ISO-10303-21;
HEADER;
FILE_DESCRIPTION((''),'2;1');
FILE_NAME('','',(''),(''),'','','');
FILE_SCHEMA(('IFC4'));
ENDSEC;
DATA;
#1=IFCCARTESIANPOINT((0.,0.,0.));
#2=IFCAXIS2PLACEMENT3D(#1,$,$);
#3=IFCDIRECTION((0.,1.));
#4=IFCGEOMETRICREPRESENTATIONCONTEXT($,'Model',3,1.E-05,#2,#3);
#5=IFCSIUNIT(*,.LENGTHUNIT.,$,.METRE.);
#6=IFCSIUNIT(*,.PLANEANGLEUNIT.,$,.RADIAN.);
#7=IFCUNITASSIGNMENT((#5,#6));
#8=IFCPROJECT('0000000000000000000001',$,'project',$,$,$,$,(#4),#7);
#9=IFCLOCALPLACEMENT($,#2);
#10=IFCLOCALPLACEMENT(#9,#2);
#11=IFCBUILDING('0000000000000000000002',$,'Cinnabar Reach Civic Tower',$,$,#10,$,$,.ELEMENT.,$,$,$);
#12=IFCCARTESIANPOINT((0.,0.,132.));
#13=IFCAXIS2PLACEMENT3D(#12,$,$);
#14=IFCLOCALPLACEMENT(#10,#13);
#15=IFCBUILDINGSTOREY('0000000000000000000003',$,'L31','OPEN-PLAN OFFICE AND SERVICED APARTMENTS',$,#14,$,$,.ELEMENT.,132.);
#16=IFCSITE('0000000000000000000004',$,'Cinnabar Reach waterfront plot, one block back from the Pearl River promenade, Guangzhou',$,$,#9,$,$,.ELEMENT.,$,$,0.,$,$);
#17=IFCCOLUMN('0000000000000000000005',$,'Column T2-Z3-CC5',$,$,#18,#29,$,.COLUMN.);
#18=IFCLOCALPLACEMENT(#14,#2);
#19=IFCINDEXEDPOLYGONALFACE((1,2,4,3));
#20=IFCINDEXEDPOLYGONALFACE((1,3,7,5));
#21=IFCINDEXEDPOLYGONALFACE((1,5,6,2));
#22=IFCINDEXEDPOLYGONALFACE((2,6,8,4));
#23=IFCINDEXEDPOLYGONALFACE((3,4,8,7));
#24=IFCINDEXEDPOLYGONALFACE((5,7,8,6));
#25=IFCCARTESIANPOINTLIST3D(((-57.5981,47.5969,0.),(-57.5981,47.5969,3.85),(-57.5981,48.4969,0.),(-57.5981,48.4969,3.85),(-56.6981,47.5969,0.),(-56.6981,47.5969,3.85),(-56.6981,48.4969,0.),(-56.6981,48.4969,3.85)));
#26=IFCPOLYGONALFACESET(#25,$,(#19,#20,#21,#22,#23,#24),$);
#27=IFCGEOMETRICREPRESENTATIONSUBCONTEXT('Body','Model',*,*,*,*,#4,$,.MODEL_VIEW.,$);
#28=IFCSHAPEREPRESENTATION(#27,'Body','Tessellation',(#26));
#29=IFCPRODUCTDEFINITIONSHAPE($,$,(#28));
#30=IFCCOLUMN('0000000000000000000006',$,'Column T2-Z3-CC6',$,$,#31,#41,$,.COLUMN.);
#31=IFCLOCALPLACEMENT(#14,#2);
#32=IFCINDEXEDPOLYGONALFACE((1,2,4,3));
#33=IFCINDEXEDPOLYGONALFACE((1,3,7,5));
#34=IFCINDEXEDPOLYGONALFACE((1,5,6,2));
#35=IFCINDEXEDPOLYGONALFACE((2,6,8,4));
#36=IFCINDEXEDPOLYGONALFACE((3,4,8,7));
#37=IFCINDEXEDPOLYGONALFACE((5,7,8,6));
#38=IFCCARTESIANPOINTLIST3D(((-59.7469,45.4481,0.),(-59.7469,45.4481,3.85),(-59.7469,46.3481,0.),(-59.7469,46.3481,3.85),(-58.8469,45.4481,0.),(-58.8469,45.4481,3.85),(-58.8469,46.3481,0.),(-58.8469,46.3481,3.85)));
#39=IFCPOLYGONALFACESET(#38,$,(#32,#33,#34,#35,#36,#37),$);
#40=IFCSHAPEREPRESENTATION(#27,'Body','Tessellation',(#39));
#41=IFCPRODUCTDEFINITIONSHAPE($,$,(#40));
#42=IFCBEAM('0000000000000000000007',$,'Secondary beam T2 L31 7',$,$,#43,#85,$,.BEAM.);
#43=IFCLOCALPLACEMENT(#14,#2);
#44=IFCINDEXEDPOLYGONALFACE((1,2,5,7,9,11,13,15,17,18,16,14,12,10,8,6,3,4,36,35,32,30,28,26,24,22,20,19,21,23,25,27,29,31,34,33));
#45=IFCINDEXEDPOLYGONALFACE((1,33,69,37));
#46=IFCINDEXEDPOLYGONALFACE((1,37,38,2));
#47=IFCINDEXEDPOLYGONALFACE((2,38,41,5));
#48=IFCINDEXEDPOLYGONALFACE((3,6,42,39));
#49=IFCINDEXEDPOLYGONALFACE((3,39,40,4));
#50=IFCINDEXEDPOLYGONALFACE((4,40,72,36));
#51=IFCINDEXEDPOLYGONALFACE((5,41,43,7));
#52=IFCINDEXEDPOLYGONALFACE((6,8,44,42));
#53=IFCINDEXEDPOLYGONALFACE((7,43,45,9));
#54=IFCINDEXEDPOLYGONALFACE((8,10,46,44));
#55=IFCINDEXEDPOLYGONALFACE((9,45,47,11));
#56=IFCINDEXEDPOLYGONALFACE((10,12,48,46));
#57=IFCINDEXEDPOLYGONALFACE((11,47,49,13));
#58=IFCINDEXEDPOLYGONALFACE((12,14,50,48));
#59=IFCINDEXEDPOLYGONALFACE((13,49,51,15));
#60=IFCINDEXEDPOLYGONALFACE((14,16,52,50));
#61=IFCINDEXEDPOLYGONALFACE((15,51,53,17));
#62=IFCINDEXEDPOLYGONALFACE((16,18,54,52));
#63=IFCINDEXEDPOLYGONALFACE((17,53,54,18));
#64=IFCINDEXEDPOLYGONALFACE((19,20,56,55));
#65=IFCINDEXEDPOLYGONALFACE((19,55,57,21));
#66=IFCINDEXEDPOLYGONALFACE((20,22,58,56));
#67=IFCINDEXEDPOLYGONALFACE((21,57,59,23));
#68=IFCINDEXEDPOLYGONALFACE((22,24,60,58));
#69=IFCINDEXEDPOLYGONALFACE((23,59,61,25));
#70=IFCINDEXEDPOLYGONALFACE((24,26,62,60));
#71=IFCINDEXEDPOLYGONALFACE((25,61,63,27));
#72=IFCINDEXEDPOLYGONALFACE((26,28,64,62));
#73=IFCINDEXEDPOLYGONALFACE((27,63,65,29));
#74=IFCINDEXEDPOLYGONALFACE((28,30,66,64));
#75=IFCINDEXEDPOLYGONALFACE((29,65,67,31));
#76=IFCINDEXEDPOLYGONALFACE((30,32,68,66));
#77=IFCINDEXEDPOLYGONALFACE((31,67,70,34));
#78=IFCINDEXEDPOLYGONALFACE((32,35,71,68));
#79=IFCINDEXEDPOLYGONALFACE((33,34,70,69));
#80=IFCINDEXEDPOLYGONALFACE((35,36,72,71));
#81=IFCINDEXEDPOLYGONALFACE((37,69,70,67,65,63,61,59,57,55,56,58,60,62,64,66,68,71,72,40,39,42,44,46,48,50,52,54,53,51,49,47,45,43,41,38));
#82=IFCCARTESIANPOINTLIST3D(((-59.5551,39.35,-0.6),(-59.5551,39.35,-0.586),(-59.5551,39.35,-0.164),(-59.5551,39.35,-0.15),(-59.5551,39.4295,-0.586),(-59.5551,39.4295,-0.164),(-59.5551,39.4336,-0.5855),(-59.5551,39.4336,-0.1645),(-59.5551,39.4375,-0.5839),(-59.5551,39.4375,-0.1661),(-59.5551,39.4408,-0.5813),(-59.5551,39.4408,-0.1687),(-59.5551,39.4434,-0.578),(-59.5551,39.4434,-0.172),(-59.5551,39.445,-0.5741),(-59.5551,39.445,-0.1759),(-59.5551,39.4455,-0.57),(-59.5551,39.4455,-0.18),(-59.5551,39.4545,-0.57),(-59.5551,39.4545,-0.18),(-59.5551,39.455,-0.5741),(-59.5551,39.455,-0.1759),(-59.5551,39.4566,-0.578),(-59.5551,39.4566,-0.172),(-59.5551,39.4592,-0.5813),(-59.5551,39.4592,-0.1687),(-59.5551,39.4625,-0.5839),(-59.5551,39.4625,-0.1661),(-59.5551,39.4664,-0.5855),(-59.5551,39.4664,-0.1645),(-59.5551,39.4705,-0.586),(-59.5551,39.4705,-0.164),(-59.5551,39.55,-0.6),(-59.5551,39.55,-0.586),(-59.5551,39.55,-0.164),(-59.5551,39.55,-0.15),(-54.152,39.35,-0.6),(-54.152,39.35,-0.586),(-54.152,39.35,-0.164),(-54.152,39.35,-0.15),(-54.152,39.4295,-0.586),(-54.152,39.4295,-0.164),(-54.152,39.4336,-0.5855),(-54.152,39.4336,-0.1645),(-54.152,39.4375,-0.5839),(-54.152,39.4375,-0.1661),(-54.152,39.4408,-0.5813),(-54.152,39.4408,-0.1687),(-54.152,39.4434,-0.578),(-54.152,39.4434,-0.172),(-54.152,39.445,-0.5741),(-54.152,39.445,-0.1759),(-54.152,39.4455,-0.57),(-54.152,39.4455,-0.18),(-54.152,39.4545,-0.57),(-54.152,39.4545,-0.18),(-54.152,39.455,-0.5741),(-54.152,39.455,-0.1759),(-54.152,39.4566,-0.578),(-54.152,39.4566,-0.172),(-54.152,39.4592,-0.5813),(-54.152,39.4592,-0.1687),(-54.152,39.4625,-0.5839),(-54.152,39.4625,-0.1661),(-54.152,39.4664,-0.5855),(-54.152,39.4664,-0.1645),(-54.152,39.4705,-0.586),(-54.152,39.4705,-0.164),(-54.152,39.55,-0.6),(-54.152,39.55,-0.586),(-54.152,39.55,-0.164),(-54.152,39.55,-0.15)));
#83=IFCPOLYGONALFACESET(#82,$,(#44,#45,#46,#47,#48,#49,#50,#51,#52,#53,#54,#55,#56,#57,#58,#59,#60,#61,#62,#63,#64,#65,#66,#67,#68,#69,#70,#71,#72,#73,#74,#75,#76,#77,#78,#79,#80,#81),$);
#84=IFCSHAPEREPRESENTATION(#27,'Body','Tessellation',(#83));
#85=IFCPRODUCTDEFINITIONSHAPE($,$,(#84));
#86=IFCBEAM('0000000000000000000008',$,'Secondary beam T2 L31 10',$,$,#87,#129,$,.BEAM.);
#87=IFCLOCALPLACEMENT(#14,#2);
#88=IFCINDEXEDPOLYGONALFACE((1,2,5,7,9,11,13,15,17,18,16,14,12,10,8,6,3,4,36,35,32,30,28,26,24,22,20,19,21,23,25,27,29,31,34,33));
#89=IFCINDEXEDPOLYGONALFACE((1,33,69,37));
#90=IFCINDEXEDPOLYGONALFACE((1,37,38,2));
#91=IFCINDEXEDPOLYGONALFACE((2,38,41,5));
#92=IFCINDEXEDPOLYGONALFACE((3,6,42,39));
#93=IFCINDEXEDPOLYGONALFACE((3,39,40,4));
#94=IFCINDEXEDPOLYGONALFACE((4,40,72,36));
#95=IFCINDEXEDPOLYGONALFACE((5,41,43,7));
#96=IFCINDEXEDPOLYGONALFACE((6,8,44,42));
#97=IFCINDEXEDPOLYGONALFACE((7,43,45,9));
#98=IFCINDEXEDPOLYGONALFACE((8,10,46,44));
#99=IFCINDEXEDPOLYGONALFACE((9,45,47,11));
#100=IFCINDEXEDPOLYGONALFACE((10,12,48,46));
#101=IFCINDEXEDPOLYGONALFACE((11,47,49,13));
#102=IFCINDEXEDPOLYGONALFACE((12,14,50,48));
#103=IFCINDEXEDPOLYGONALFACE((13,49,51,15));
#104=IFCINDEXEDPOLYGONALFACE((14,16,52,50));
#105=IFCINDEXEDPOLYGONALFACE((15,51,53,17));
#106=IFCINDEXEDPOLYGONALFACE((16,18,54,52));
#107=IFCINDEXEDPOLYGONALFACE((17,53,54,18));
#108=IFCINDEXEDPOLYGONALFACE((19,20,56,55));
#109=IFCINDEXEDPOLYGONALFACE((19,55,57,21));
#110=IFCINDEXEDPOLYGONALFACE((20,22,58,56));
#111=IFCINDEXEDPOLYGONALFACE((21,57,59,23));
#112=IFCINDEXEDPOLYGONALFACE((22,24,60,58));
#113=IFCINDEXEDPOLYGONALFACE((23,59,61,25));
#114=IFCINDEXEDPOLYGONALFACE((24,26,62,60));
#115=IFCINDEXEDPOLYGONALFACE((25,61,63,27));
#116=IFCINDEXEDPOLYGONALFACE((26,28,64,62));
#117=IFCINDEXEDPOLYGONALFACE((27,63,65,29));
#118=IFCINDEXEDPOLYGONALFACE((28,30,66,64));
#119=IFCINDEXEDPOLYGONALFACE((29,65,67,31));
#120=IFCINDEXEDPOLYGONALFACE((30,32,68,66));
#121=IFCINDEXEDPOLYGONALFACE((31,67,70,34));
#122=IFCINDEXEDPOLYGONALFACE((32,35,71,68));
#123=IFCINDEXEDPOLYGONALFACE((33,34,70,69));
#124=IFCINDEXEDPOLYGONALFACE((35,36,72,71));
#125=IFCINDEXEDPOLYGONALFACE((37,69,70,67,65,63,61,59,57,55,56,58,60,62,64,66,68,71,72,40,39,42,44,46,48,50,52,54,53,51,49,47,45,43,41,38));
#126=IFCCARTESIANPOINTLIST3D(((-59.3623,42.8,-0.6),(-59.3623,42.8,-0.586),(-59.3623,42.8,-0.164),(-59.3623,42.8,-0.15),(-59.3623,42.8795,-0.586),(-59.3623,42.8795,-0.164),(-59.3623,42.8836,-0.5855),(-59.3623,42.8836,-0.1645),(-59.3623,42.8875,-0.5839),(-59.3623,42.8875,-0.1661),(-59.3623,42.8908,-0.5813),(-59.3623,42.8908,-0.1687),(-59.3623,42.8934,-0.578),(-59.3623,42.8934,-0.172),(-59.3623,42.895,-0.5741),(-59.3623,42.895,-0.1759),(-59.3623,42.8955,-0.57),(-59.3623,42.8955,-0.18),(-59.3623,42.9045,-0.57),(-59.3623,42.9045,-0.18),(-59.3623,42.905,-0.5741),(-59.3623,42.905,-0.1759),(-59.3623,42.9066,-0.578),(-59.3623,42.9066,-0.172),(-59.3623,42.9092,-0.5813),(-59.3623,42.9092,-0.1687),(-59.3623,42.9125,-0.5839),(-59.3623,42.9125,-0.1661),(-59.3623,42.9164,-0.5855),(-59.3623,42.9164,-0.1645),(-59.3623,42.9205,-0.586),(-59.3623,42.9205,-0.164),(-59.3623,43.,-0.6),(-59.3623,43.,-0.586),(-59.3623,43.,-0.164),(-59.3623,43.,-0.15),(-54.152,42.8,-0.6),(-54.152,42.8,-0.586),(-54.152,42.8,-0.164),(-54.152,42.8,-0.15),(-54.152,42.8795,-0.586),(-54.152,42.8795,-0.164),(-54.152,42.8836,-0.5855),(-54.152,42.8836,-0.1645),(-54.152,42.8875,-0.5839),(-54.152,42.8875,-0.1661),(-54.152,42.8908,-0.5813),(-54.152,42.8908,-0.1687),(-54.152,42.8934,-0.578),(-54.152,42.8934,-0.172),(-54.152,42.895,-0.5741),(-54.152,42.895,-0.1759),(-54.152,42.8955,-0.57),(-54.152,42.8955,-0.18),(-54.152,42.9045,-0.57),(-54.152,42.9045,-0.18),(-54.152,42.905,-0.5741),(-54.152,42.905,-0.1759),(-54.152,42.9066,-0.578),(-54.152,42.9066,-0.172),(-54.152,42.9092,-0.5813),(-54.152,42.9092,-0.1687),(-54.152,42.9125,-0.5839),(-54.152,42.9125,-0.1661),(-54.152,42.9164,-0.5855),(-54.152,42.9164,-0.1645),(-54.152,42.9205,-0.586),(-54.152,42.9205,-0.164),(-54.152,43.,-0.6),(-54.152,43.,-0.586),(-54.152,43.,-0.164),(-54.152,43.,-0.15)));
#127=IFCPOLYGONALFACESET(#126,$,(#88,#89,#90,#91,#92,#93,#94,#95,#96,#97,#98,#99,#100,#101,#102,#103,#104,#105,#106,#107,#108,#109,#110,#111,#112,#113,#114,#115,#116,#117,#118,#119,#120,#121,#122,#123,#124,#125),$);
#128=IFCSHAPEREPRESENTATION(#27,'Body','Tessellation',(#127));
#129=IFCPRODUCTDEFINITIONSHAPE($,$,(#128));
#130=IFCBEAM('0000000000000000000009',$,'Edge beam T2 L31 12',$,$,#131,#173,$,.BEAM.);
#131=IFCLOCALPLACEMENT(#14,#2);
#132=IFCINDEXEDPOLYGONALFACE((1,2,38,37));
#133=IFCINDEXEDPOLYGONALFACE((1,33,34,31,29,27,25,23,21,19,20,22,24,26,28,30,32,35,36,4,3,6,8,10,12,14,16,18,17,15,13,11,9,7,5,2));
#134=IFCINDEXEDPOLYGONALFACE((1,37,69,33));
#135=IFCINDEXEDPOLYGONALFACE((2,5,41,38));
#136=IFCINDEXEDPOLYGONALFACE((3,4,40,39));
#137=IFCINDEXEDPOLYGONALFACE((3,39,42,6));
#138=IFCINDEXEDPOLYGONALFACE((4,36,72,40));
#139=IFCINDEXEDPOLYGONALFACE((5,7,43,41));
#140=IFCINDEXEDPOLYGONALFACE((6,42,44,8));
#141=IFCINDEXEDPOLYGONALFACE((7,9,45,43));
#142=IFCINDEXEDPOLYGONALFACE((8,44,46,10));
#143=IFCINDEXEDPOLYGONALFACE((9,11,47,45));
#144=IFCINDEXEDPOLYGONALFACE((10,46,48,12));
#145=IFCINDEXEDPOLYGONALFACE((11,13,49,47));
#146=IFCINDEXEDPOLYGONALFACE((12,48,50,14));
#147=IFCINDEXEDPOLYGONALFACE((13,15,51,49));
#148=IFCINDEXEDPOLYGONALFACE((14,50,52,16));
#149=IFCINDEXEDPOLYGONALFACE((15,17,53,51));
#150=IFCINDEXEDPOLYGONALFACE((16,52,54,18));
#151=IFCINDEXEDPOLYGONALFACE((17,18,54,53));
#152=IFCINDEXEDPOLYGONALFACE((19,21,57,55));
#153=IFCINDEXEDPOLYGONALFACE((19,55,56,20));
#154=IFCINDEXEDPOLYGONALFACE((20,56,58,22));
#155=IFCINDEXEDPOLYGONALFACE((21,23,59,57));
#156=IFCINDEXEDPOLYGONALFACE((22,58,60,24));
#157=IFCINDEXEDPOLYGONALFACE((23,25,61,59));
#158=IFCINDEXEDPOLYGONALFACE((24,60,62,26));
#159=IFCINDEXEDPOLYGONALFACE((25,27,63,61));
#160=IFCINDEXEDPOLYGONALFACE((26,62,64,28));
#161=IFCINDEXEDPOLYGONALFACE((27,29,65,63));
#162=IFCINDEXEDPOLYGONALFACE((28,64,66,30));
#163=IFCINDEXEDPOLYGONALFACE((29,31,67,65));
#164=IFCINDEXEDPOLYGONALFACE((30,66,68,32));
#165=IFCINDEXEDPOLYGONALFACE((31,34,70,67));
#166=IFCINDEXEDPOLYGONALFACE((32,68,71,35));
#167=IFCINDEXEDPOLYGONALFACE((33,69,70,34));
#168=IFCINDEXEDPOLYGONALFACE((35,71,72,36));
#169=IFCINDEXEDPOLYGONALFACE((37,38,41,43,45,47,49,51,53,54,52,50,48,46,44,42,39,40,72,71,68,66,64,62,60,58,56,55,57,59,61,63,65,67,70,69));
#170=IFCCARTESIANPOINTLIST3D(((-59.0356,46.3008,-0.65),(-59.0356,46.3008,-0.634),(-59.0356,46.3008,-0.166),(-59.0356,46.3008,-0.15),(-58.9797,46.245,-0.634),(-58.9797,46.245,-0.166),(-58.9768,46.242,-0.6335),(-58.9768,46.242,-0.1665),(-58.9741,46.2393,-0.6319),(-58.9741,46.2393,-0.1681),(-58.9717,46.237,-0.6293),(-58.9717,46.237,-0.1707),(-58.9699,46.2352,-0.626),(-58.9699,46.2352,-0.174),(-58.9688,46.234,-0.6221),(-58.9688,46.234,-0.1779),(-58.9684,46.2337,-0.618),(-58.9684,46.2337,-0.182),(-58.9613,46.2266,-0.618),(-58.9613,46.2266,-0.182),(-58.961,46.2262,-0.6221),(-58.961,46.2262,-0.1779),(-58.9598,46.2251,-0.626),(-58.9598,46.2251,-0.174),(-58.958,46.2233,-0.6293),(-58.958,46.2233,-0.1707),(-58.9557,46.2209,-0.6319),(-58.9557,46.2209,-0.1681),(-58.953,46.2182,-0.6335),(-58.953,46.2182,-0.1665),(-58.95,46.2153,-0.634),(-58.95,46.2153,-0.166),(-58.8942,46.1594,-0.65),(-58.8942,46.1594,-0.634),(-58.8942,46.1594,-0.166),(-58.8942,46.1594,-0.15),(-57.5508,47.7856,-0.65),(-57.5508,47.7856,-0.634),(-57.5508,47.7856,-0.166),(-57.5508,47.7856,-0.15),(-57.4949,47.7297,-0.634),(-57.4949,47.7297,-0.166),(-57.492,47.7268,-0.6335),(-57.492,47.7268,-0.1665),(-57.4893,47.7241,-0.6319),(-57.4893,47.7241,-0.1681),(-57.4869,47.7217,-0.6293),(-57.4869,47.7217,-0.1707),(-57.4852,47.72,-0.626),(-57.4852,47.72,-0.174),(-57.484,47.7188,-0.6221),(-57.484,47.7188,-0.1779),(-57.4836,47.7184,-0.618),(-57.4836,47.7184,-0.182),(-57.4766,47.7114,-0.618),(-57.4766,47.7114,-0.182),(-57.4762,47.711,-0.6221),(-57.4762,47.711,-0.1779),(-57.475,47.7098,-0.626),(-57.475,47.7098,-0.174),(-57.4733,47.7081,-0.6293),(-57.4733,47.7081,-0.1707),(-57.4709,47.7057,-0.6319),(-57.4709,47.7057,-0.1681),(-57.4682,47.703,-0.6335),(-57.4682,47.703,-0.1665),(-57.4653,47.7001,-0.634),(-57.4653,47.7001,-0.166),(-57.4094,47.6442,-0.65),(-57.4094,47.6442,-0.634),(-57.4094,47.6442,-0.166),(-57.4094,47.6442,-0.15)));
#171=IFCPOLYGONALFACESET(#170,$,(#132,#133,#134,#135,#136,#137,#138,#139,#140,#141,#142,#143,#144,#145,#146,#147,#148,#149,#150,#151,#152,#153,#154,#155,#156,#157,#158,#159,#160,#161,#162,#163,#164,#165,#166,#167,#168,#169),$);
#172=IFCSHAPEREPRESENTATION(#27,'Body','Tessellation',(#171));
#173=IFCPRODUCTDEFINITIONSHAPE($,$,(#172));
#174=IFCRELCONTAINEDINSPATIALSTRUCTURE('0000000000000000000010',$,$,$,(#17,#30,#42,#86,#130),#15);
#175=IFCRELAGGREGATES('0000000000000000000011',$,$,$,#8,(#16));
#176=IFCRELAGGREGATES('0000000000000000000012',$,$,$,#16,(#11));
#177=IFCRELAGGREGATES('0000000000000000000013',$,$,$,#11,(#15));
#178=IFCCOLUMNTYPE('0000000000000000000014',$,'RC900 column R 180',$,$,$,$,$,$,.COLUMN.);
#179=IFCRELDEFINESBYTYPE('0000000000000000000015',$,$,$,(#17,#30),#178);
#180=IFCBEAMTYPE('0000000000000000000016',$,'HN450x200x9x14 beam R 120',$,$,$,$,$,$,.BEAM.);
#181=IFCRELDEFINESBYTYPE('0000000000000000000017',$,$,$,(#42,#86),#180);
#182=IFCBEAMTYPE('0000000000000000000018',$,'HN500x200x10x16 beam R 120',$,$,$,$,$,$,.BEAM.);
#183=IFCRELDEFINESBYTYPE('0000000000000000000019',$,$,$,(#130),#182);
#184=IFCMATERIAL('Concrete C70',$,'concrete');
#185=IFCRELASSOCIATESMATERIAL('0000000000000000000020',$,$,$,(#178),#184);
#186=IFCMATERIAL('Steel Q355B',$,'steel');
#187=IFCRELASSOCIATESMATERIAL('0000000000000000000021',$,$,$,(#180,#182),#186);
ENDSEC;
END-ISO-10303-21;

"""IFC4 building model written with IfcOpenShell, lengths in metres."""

from ifc_helpers import new_model, si_unit, direction, frame, origin, origin_2d, place, context, subcontext, project, spatial, rectangle, i_section, extrude, material, material_profile, profile_set, type_object, element, save


model = new_model("IFC4")

# Units and contexts
model_context = context("Model", 3, precision=1e-05, world=origin(), true_north=direction((0.0, 1.0)))
body_context = subcontext(model_context, "Body", "Model", "MODEL_VIEW")
ifc_project = project(units=[si_unit("LENGTHUNIT", "METRE"), si_unit("PLANEANGLEUNIT", "RADIAN")], contexts=[model_context])

# Site, building, storey
site_placement = place(None, origin())
site = spatial("IfcSite", under=ifc_project, at=site_placement, Name="Cinnabar Reach waterfront plot, one block back from the Pearl River promenade, Guangzhou", CompositionType="ELEMENT", RefElevation=0.0)
building_placement = place(site_placement, origin())
building = spatial("IfcBuilding", under=site, at=building_placement, Name="Cinnabar Reach Civic Tower", CompositionType="ELEMENT")
storey_placement = place(building_placement, frame((0.0, 0.0, 132.0)))
storey = spatial("IfcBuildingStorey", under=building, at=storey_placement, Name="L31", Description="OPEN-PLAN OFFICE AND SERVICED APARTMENTS", CompositionType="ELEMENT", Elevation=132.0)

# Columns
ifc_material_1 = material(Name="Concrete C70", Category="concrete")
ifc_material_profile_1 = material_profile(ifc_material_1, rectangle(XDim=0.9, YDim=0.9, at=origin_2d()), Name="RC900")
ifc_profile_set_1 = profile_set([ifc_material_profile_1], Name="Concrete C70")
column_type = type_object("IfcColumnType", Name="RC900 column R 180", PredefinedType="COLUMN", material=ifc_profile_set_1)
for number, where, z_axis, x_axis, name in (
    (1, (-57.1481, 48.0469, 0.0), (0.0, 0.0, 1.0), (1.0, 0.0, 0.0), "Column T2-Z3-CC5"),
    (2, (-59.2969, 45.8981, 0.0), (0.0, 0.0, 1.0), (1.0, 0.0, 0.0), "Column T2-Z3-CC6"),
):
    element("IfcColumn", number, at=place(storey_placement, frame(where, z_axis=z_axis, x_axis=x_axis)), inside=storey, type_object=column_type, Name=name, PredefinedType="COLUMN", context=body_context, shape_type="SweptSolid", body=[
        extrude(rectangle(XDim=0.9, YDim=0.9, at=origin_2d()), origin(), (0.0, 0.0, 1.0), 3.85),
    ])

# Beams
ifc_material_2 = material(Name="Steel Q355B", Category="steel")
ifc_material_profile_2 = material_profile(ifc_material_2, i_section(OverallWidth=0.2, OverallDepth=0.45, WebThickness=0.009, FlangeThickness=0.014, FilletRadius=0.016, at=origin_2d()), Name="HN450x200x9x14")
ifc_profile_set_2 = profile_set([ifc_material_profile_2], Name="Steel Q355B")
beam_type_1 = type_object("IfcBeamType", Name="HN450x200x9x14 beam R 120", PredefinedType="BEAM", material=ifc_profile_set_2)
beam_1_placement = place(storey_placement, frame((-59.5551, 39.45, -0.375), z_axis=(1.0, 0.0, 0.0), x_axis=(0.0, 1.0, 0.0)))
element("IfcBeam", 3, at=beam_1_placement, inside=storey, type_object=beam_type_1, Name="Secondary beam T2 L31 7", PredefinedType="BEAM", context=body_context, shape_type="SweptSolid", body=[
    extrude(i_section(OverallWidth=0.2, OverallDepth=0.45, WebThickness=0.009, FlangeThickness=0.014, FilletRadius=0.016, at=origin_2d()), origin(), (0.0, 0.0, 1.0), 5.4031),
])
beam_2_placement = place(storey_placement, frame((-59.3623, 42.9, -0.375), z_axis=(1.0, 0.0, 0.0), x_axis=(0.0, 1.0, 0.0)))
element("IfcBeam", 4, at=beam_2_placement, inside=storey, type_object=beam_type_1, Name="Secondary beam T2 L31 10", PredefinedType="BEAM", context=body_context, shape_type="SweptSolid", body=[
    extrude(i_section(OverallWidth=0.2, OverallDepth=0.45, WebThickness=0.009, FlangeThickness=0.014, FilletRadius=0.016, at=origin_2d()), origin(), (0.0, 0.0, 1.0), 5.2103),
])
ifc_material_profile_3 = material_profile(ifc_material_2, i_section(OverallWidth=0.2, OverallDepth=0.5, WebThickness=0.01, FlangeThickness=0.016, FilletRadius=0.016, at=origin_2d()), Name="HN500x200x10x16")
ifc_profile_set_3 = profile_set([ifc_material_profile_3], Name="Steel Q355B")
beam_type_2 = type_object("IfcBeamType", Name="HN500x200x10x16 beam R 120", PredefinedType="BEAM", material=ifc_profile_set_3)
beam_3_placement = place(storey_placement, frame((-57.4801, 47.7149, -0.4), z_axis=(-0.707107, -0.707107, 0.0), x_axis=(0.707107, -0.707107, 0.0)))
element("IfcBeam", 5, at=beam_3_placement, inside=storey, type_object=beam_type_2, Name="Edge beam T2 L31 12", PredefinedType="BEAM", context=body_context, shape_type="SweptSolid", body=[
    extrude(i_section(OverallWidth=0.2, OverallDepth=0.5, WebThickness=0.01, FlangeThickness=0.016, FilletRadius=0.016, at=origin_2d()), origin(), (0.0, 0.0, 1.0), 2.0998),
])

save(model, "model.ifc")
